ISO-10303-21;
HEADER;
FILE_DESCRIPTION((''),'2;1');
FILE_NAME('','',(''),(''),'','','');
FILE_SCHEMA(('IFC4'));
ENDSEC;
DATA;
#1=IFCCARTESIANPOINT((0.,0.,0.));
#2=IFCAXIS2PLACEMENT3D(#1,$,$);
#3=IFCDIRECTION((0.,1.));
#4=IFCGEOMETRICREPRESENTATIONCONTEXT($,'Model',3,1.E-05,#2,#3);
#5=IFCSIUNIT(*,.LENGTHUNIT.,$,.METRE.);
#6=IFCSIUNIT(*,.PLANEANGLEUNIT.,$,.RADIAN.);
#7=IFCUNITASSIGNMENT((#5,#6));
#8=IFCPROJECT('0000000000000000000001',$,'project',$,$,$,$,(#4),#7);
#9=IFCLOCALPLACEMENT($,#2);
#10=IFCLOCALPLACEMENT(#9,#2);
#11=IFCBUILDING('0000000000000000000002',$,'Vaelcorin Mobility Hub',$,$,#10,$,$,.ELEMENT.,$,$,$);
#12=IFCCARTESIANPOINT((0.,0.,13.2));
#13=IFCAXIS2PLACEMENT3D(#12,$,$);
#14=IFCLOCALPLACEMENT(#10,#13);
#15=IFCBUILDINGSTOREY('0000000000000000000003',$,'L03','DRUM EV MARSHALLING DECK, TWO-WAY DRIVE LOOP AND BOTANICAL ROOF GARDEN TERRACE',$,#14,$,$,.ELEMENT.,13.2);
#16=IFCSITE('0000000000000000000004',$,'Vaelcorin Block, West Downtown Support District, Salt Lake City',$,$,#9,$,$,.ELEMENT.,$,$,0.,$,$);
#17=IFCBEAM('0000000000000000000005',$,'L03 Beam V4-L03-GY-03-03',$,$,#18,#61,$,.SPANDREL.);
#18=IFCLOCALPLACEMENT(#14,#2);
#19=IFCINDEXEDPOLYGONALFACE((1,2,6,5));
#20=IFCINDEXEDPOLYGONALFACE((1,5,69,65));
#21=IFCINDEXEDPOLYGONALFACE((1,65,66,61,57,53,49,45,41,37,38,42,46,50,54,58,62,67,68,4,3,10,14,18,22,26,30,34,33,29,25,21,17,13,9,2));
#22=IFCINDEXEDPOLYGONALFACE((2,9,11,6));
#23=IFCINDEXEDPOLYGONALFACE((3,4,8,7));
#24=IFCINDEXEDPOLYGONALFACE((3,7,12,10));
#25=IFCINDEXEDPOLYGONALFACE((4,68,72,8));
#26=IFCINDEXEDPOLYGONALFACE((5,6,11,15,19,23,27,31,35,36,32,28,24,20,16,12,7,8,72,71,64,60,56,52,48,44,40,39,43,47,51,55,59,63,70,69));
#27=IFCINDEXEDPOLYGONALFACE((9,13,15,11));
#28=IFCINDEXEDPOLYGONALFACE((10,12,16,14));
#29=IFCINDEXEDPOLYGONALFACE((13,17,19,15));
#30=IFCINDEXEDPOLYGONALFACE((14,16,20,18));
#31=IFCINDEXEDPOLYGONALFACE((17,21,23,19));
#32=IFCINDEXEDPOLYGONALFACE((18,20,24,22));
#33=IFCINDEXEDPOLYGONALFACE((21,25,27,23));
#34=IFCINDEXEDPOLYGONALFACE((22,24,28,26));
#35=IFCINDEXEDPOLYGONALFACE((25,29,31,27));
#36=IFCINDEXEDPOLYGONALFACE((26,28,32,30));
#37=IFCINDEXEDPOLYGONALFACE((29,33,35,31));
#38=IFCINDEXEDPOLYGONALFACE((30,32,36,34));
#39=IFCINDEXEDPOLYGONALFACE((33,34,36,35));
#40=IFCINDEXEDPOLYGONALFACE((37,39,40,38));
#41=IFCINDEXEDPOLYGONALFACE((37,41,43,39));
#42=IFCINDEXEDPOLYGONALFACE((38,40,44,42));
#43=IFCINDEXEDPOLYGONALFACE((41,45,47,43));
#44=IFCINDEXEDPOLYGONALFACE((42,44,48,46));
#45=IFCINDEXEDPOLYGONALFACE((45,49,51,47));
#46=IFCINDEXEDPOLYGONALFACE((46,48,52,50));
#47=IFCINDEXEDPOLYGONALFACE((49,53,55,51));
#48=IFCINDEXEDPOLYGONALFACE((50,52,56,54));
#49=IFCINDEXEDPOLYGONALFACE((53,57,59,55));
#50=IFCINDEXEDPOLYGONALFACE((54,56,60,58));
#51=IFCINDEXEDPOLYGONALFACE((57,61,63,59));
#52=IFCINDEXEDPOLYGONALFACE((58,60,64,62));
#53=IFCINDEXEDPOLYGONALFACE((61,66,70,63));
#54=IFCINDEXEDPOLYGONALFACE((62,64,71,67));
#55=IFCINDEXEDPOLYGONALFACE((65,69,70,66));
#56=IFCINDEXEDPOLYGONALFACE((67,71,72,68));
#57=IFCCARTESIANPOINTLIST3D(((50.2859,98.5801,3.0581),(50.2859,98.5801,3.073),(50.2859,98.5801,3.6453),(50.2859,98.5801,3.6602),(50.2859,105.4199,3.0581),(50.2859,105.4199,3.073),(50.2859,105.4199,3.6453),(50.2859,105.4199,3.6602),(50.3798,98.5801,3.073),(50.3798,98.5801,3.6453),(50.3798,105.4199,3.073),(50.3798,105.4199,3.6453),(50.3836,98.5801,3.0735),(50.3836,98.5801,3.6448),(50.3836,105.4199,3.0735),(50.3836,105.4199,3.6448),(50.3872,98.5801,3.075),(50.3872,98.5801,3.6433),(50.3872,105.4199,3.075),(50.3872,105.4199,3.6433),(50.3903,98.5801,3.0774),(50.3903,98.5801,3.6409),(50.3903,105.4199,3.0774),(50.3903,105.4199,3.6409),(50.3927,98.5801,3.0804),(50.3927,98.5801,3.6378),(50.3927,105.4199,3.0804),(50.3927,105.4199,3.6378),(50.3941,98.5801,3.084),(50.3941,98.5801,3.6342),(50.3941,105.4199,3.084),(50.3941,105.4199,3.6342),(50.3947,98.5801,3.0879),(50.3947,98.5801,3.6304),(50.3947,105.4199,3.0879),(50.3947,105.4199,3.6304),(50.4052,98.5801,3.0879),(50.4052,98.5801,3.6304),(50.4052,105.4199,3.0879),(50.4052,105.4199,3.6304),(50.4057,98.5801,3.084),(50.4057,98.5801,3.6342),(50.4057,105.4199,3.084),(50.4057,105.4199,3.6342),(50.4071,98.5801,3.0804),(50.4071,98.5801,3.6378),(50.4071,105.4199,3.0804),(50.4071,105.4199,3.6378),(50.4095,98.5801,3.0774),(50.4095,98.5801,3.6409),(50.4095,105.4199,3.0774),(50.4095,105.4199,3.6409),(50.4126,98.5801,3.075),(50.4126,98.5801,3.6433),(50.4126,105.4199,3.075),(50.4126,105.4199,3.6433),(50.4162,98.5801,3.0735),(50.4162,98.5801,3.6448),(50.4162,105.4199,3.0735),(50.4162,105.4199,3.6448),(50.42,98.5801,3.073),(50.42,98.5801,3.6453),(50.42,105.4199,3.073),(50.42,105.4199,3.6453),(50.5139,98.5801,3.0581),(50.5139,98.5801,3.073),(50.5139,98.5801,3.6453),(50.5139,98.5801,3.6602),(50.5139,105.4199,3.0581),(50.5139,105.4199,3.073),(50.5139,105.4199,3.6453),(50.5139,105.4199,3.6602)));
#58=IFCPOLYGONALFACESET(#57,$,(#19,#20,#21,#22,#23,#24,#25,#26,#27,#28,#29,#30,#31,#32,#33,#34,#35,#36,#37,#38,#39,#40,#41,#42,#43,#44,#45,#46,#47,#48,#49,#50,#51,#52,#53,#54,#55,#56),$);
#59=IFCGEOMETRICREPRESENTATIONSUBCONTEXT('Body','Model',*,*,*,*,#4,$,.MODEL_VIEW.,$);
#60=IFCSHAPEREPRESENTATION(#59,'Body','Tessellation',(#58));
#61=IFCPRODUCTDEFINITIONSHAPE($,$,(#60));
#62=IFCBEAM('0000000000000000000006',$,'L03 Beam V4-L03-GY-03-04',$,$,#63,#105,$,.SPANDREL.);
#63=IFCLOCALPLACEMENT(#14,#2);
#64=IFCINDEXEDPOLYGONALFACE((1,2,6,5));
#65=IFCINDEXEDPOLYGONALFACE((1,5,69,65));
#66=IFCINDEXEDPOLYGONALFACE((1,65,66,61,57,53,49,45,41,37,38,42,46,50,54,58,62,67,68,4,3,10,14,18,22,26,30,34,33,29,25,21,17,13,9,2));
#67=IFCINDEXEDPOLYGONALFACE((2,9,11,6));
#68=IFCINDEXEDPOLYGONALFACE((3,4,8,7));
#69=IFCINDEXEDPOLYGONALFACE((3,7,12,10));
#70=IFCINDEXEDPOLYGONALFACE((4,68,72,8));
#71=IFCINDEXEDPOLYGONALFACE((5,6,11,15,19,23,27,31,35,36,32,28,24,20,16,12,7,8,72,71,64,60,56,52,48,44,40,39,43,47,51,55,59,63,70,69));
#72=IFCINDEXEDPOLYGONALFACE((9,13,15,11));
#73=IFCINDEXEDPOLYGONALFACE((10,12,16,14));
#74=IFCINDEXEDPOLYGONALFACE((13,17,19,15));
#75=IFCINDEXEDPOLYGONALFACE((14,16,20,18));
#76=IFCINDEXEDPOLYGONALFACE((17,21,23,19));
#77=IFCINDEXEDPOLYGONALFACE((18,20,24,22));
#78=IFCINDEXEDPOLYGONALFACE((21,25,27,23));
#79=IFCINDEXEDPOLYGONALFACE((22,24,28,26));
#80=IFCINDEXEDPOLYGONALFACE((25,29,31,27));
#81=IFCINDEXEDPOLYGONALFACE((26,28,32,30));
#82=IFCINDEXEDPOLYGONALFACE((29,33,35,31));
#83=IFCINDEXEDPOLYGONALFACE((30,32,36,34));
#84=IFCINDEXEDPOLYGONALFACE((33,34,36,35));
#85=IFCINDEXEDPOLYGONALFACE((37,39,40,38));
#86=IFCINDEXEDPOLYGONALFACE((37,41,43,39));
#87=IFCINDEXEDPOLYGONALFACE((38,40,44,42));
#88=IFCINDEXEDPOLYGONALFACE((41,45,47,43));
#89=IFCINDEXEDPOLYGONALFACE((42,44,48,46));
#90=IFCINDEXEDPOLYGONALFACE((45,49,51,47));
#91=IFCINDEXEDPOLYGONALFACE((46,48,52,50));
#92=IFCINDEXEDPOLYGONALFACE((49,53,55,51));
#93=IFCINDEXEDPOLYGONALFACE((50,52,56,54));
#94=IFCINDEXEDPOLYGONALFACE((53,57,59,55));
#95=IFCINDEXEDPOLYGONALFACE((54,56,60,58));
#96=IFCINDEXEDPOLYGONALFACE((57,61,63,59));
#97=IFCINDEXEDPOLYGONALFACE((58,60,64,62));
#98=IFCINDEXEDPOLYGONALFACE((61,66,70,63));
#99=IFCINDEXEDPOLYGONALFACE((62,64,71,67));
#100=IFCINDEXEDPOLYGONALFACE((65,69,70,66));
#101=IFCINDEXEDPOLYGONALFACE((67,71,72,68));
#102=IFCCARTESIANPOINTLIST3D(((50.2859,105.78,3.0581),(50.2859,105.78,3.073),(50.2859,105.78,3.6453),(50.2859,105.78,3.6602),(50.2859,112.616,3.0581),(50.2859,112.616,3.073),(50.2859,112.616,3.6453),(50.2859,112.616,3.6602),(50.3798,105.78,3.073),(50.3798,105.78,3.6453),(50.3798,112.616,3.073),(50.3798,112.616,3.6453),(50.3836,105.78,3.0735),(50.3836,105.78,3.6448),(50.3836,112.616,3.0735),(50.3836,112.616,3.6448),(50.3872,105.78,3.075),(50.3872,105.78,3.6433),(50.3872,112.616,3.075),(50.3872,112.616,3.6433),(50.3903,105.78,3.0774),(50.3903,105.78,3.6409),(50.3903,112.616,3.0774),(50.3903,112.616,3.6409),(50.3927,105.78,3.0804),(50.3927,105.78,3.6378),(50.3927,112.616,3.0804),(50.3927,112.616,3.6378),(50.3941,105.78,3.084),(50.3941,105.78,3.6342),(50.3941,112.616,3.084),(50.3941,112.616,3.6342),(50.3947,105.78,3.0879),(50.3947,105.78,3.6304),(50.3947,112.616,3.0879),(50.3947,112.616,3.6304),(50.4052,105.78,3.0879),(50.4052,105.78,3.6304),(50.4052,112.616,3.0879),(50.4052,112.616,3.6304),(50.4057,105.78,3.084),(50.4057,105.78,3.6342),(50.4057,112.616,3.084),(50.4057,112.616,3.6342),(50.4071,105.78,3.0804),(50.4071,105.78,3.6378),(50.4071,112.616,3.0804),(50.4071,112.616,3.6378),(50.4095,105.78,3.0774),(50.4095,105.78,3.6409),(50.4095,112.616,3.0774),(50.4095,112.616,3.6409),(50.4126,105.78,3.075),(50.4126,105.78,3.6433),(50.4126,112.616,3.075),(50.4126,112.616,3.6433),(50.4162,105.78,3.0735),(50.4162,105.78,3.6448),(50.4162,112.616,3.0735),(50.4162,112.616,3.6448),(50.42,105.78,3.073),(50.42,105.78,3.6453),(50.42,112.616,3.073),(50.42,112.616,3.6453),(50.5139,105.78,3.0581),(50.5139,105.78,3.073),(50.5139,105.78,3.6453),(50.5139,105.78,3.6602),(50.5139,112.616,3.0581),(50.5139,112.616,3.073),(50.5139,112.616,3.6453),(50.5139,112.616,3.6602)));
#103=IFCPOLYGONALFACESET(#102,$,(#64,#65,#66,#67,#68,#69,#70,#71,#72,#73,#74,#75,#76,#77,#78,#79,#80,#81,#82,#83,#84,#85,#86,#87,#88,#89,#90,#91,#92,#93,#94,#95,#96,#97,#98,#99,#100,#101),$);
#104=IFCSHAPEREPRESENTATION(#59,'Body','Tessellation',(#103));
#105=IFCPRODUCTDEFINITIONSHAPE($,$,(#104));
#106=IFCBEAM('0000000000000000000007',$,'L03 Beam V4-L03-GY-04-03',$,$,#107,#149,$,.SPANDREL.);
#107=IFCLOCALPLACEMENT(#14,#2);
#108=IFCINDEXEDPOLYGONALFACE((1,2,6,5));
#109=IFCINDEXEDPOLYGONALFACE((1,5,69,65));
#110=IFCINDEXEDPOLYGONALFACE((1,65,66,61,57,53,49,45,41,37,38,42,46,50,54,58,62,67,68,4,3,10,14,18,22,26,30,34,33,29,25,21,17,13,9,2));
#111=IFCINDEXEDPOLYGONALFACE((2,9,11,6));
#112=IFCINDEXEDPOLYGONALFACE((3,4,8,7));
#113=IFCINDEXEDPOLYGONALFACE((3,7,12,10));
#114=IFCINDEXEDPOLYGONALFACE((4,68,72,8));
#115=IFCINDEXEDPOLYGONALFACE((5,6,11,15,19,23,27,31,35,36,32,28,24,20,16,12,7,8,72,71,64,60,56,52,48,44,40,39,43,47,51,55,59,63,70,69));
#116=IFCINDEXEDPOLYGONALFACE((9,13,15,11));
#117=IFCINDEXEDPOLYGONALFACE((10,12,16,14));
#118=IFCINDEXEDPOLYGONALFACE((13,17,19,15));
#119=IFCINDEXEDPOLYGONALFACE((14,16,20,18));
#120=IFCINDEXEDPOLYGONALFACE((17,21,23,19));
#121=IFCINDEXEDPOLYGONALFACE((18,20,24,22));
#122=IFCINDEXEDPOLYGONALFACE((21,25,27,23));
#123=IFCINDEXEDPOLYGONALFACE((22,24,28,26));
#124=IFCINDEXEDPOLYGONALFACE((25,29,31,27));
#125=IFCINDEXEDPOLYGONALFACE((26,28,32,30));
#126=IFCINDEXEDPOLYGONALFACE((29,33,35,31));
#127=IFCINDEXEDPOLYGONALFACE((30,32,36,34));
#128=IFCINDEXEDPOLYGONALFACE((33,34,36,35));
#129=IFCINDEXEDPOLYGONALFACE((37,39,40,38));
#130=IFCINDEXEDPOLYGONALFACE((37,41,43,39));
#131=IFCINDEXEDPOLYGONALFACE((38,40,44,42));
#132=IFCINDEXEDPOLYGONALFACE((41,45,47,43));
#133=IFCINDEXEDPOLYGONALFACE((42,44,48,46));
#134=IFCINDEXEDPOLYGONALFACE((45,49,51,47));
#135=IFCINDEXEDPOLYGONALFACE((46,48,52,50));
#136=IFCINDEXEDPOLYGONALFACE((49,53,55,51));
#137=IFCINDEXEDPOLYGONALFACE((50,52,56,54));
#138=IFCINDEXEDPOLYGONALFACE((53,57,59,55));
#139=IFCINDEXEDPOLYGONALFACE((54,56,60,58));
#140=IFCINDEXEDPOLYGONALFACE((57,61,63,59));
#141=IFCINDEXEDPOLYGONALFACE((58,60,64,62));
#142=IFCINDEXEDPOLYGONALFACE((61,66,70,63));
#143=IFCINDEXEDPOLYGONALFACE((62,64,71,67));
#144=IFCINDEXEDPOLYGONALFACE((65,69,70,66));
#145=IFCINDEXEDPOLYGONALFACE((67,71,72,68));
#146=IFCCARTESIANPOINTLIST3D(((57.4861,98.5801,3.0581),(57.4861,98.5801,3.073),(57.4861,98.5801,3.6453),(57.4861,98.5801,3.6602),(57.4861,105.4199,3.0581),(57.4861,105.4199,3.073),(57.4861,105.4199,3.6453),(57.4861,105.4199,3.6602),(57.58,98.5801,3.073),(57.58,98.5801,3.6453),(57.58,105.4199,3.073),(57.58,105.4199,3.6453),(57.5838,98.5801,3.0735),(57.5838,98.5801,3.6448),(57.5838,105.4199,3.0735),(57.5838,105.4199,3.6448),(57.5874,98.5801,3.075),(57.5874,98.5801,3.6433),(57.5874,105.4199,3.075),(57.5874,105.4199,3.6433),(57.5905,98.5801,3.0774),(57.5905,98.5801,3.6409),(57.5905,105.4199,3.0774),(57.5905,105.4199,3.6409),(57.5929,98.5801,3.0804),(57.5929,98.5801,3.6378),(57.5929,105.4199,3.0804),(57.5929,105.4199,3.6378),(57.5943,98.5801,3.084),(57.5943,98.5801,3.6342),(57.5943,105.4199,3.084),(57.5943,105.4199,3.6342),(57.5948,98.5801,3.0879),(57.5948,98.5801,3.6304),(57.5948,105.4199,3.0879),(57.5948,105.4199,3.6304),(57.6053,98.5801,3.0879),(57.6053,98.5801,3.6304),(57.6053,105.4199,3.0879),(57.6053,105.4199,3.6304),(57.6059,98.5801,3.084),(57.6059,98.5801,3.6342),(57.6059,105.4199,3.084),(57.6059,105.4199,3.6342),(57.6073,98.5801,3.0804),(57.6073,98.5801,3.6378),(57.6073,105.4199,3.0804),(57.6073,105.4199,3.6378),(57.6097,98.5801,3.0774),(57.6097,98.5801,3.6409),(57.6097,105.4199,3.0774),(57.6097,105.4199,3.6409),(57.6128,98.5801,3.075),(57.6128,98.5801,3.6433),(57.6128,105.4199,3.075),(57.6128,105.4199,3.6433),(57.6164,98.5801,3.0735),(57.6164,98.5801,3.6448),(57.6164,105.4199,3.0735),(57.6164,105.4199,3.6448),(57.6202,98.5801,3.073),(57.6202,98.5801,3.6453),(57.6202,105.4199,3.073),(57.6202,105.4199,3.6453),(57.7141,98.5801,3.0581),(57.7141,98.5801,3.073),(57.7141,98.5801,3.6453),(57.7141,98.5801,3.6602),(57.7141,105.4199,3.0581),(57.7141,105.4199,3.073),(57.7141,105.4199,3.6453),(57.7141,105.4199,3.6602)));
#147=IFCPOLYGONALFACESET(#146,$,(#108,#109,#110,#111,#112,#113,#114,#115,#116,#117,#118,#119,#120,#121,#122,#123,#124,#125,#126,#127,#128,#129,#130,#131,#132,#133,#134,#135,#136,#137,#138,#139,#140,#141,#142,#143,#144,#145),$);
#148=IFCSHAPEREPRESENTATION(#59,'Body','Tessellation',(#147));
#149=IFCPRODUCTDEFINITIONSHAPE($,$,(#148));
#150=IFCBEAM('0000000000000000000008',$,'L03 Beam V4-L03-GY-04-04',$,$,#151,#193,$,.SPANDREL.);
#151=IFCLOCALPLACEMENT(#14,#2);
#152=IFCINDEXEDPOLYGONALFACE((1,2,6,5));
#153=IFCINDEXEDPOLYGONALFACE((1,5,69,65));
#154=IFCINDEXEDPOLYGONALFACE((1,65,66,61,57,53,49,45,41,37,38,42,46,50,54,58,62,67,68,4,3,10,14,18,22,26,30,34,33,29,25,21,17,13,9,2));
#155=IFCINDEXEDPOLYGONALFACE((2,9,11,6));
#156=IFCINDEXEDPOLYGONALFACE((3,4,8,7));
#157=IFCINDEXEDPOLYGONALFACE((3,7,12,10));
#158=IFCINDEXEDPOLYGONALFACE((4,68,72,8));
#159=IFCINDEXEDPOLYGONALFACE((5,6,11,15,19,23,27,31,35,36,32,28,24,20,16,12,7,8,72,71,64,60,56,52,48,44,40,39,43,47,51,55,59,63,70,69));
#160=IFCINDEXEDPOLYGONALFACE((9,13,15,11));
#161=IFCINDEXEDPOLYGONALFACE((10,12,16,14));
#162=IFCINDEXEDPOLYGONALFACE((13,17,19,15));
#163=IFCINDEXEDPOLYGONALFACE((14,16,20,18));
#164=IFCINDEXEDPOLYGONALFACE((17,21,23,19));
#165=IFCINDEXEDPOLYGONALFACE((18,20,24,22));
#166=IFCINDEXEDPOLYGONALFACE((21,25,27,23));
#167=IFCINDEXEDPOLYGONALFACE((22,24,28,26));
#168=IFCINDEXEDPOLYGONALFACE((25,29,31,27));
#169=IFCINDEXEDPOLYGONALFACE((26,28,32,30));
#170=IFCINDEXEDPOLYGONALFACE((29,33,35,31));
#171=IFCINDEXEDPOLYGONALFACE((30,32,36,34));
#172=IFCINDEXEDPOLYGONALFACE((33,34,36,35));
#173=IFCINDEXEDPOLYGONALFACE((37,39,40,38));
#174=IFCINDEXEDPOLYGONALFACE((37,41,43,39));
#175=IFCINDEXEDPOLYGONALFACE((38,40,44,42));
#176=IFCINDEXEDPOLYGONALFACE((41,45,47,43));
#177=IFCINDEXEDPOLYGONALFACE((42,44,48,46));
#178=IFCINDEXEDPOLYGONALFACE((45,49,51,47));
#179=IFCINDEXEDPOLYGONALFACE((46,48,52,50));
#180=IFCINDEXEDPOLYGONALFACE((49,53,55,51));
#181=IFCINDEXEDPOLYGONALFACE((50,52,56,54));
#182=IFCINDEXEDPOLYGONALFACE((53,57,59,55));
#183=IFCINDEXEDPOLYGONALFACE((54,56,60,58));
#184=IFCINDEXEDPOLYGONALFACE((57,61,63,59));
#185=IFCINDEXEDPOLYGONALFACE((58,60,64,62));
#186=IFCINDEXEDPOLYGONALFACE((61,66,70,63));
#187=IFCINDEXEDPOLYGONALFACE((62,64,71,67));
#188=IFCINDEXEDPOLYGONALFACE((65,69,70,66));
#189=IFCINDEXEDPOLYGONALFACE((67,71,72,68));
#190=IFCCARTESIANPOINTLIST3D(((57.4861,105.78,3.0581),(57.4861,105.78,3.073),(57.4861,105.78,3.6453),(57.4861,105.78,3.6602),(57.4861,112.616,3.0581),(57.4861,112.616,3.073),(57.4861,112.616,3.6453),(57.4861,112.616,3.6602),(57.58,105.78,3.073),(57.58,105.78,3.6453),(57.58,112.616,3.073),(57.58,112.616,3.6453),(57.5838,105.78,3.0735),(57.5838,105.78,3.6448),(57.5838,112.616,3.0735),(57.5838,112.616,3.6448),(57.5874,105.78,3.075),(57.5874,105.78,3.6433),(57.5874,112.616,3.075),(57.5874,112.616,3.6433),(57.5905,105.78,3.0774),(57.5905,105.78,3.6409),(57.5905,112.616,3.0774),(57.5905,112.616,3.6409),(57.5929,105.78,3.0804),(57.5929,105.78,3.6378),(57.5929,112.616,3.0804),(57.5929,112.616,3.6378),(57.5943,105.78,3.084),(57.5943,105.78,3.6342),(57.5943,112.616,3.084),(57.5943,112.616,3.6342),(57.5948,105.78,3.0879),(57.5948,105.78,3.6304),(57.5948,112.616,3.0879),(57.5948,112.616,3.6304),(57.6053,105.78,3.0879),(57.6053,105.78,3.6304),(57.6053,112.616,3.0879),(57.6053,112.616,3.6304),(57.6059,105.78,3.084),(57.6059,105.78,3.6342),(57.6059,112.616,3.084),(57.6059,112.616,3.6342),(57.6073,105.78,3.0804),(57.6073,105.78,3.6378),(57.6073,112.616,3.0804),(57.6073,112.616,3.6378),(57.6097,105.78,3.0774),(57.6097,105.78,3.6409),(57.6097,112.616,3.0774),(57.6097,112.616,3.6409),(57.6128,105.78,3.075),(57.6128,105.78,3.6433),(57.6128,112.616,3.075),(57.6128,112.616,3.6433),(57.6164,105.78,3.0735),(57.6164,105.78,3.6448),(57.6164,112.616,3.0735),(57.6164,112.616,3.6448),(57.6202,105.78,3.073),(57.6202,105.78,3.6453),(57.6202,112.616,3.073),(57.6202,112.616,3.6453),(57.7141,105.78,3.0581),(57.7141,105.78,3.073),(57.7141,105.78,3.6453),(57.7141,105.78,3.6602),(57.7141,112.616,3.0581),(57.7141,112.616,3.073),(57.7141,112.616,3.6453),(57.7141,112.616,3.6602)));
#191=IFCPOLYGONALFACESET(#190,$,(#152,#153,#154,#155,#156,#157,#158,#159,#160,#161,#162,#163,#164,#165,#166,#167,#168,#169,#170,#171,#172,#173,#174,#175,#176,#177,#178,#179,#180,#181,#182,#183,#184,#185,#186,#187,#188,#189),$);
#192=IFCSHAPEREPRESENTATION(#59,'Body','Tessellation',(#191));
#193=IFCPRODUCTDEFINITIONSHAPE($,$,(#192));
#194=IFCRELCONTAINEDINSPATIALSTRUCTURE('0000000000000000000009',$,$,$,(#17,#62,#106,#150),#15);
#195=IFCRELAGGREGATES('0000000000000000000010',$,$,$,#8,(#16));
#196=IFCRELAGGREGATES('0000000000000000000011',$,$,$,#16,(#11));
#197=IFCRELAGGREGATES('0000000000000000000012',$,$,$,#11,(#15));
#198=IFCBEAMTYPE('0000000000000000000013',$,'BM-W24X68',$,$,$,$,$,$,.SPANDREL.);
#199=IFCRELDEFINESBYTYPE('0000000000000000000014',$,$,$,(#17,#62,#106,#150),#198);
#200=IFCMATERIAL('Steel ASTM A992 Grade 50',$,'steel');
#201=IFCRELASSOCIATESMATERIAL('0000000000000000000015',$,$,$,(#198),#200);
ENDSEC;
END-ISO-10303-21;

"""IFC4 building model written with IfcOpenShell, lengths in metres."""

from ifc_helpers import new_model, si_unit, direction, frame, origin, origin_2d, place, context, subcontext, project, spatial, i_section, extrude, material, material_profile, profile_set, type_object, element, save


model = new_model("IFC4")

# Units and contexts
model_context = context("Model", 3, precision=1e-05, world=origin(), true_north=direction((0.0, 1.0)))
body_context = subcontext(model_context, "Body", "Model", "MODEL_VIEW")
ifc_project = project(units=[si_unit("LENGTHUNIT", "METRE"), si_unit("PLANEANGLEUNIT", "RADIAN")], contexts=[model_context])

# Site, building, storey
site_placement = place(None, origin())
site = spatial("IfcSite", under=ifc_project, at=site_placement, Name="Vaelcorin Block, West Downtown Support District, Salt Lake City", CompositionType="ELEMENT", RefElevation=0.0)
building_placement = place(site_placement, origin())
building = spatial("IfcBuilding", under=site, at=building_placement, Name="Vaelcorin Mobility Hub", CompositionType="ELEMENT")
storey_placement = place(building_placement, frame((0.0, 0.0, 13.2)))
storey = spatial("IfcBuildingStorey", under=building, at=storey_placement, Name="L03", Description="DRUM EV MARSHALLING DECK, TWO-WAY DRIVE LOOP AND BOTANICAL ROOF GARDEN TERRACE", CompositionType="ELEMENT", Elevation=13.2)

# Shared definitions
ifc_material_1 = material(Name="Steel ASTM A992 Grade 50", Category="steel")

# Beams
ifc_material_profile_1 = material_profile(ifc_material_1, i_section(OverallWidth=0.228, OverallDepth=0.6021, WebThickness=0.0105, FlangeThickness=0.0149, FilletRadius=0.0149, at=origin_2d()), Name="W24X68")
ifc_profile_set_1 = profile_set([ifc_material_profile_1], Name="Steel ASTM A992 Grade 50")
beam_type_1 = type_object("IfcBeamType", Name="BM-W24X68", PredefinedType="SPANDREL", material=ifc_profile_set_1)
beam_1_placement = place(storey_placement, frame((50.3999, 98.5801, 3.3591), z_axis=(0.0, 1.0, 0.0), x_axis=(-1.0, 0.0, 0.0)))
element("IfcBeam", 1, at=beam_1_placement, inside=storey, type_object=beam_type_1, Name="L03 Beam V4-L03-GY-03-03", PredefinedType="SPANDREL", context=body_context, shape_type="SweptSolid", body=[
    extrude(i_section(OverallWidth=0.228, OverallDepth=0.6021, WebThickness=0.0105, FlangeThickness=0.0149, FilletRadius=0.0149, at=origin_2d()), origin(), (0.0, 0.0, 1.0), 6.8398),
])
beam_2_placement = place(storey_placement, frame((50.3999, 105.78, 3.3591), z_axis=(0.0, 1.0, 0.0), x_axis=(-1.0, 0.0, 0.0)))
element("IfcBeam", 2, at=beam_2_placement, inside=storey, type_object=beam_type_1, Name="L03 Beam V4-L03-GY-03-04", PredefinedType="SPANDREL", context=body_context, shape_type="SweptSolid", body=[
    extrude(i_section(OverallWidth=0.228, OverallDepth=0.6021, WebThickness=0.0105, FlangeThickness=0.0149, FilletRadius=0.0149, at=origin_2d()), origin(), (0.0, 0.0, 1.0), 6.8359),
])
beam_3_placement = place(storey_placement, frame((57.6001, 98.5801, 3.3591), z_axis=(0.0, 1.0, 0.0), x_axis=(-1.0, 0.0, 0.0)))
element("IfcBeam", 3, at=beam_3_placement, inside=storey, type_object=beam_type_1, Name="L03 Beam V4-L03-GY-04-03", PredefinedType="SPANDREL", context=body_context, shape_type="SweptSolid", body=[
    extrude(i_section(OverallWidth=0.228, OverallDepth=0.6021, WebThickness=0.0105, FlangeThickness=0.0149, FilletRadius=0.0149, at=origin_2d()), origin(), (0.0, 0.0, 1.0), 6.8398),
])
beam_4_placement = place(storey_placement, frame((57.6001, 105.78, 3.3591), z_axis=(0.0, 1.0, 0.0), x_axis=(-1.0, 0.0, 0.0)))
element("IfcBeam", 4, at=beam_4_placement, inside=storey, type_object=beam_type_1, Name="L03 Beam V4-L03-GY-04-04", PredefinedType="SPANDREL", context=body_context, shape_type="SweptSolid", body=[
    extrude(i_section(OverallWidth=0.228, OverallDepth=0.6021, WebThickness=0.0105, FlangeThickness=0.0149, FilletRadius=0.0149, at=origin_2d()), origin(), (0.0, 0.0, 1.0), 6.8359),
])

save(model, "model.ifc")
